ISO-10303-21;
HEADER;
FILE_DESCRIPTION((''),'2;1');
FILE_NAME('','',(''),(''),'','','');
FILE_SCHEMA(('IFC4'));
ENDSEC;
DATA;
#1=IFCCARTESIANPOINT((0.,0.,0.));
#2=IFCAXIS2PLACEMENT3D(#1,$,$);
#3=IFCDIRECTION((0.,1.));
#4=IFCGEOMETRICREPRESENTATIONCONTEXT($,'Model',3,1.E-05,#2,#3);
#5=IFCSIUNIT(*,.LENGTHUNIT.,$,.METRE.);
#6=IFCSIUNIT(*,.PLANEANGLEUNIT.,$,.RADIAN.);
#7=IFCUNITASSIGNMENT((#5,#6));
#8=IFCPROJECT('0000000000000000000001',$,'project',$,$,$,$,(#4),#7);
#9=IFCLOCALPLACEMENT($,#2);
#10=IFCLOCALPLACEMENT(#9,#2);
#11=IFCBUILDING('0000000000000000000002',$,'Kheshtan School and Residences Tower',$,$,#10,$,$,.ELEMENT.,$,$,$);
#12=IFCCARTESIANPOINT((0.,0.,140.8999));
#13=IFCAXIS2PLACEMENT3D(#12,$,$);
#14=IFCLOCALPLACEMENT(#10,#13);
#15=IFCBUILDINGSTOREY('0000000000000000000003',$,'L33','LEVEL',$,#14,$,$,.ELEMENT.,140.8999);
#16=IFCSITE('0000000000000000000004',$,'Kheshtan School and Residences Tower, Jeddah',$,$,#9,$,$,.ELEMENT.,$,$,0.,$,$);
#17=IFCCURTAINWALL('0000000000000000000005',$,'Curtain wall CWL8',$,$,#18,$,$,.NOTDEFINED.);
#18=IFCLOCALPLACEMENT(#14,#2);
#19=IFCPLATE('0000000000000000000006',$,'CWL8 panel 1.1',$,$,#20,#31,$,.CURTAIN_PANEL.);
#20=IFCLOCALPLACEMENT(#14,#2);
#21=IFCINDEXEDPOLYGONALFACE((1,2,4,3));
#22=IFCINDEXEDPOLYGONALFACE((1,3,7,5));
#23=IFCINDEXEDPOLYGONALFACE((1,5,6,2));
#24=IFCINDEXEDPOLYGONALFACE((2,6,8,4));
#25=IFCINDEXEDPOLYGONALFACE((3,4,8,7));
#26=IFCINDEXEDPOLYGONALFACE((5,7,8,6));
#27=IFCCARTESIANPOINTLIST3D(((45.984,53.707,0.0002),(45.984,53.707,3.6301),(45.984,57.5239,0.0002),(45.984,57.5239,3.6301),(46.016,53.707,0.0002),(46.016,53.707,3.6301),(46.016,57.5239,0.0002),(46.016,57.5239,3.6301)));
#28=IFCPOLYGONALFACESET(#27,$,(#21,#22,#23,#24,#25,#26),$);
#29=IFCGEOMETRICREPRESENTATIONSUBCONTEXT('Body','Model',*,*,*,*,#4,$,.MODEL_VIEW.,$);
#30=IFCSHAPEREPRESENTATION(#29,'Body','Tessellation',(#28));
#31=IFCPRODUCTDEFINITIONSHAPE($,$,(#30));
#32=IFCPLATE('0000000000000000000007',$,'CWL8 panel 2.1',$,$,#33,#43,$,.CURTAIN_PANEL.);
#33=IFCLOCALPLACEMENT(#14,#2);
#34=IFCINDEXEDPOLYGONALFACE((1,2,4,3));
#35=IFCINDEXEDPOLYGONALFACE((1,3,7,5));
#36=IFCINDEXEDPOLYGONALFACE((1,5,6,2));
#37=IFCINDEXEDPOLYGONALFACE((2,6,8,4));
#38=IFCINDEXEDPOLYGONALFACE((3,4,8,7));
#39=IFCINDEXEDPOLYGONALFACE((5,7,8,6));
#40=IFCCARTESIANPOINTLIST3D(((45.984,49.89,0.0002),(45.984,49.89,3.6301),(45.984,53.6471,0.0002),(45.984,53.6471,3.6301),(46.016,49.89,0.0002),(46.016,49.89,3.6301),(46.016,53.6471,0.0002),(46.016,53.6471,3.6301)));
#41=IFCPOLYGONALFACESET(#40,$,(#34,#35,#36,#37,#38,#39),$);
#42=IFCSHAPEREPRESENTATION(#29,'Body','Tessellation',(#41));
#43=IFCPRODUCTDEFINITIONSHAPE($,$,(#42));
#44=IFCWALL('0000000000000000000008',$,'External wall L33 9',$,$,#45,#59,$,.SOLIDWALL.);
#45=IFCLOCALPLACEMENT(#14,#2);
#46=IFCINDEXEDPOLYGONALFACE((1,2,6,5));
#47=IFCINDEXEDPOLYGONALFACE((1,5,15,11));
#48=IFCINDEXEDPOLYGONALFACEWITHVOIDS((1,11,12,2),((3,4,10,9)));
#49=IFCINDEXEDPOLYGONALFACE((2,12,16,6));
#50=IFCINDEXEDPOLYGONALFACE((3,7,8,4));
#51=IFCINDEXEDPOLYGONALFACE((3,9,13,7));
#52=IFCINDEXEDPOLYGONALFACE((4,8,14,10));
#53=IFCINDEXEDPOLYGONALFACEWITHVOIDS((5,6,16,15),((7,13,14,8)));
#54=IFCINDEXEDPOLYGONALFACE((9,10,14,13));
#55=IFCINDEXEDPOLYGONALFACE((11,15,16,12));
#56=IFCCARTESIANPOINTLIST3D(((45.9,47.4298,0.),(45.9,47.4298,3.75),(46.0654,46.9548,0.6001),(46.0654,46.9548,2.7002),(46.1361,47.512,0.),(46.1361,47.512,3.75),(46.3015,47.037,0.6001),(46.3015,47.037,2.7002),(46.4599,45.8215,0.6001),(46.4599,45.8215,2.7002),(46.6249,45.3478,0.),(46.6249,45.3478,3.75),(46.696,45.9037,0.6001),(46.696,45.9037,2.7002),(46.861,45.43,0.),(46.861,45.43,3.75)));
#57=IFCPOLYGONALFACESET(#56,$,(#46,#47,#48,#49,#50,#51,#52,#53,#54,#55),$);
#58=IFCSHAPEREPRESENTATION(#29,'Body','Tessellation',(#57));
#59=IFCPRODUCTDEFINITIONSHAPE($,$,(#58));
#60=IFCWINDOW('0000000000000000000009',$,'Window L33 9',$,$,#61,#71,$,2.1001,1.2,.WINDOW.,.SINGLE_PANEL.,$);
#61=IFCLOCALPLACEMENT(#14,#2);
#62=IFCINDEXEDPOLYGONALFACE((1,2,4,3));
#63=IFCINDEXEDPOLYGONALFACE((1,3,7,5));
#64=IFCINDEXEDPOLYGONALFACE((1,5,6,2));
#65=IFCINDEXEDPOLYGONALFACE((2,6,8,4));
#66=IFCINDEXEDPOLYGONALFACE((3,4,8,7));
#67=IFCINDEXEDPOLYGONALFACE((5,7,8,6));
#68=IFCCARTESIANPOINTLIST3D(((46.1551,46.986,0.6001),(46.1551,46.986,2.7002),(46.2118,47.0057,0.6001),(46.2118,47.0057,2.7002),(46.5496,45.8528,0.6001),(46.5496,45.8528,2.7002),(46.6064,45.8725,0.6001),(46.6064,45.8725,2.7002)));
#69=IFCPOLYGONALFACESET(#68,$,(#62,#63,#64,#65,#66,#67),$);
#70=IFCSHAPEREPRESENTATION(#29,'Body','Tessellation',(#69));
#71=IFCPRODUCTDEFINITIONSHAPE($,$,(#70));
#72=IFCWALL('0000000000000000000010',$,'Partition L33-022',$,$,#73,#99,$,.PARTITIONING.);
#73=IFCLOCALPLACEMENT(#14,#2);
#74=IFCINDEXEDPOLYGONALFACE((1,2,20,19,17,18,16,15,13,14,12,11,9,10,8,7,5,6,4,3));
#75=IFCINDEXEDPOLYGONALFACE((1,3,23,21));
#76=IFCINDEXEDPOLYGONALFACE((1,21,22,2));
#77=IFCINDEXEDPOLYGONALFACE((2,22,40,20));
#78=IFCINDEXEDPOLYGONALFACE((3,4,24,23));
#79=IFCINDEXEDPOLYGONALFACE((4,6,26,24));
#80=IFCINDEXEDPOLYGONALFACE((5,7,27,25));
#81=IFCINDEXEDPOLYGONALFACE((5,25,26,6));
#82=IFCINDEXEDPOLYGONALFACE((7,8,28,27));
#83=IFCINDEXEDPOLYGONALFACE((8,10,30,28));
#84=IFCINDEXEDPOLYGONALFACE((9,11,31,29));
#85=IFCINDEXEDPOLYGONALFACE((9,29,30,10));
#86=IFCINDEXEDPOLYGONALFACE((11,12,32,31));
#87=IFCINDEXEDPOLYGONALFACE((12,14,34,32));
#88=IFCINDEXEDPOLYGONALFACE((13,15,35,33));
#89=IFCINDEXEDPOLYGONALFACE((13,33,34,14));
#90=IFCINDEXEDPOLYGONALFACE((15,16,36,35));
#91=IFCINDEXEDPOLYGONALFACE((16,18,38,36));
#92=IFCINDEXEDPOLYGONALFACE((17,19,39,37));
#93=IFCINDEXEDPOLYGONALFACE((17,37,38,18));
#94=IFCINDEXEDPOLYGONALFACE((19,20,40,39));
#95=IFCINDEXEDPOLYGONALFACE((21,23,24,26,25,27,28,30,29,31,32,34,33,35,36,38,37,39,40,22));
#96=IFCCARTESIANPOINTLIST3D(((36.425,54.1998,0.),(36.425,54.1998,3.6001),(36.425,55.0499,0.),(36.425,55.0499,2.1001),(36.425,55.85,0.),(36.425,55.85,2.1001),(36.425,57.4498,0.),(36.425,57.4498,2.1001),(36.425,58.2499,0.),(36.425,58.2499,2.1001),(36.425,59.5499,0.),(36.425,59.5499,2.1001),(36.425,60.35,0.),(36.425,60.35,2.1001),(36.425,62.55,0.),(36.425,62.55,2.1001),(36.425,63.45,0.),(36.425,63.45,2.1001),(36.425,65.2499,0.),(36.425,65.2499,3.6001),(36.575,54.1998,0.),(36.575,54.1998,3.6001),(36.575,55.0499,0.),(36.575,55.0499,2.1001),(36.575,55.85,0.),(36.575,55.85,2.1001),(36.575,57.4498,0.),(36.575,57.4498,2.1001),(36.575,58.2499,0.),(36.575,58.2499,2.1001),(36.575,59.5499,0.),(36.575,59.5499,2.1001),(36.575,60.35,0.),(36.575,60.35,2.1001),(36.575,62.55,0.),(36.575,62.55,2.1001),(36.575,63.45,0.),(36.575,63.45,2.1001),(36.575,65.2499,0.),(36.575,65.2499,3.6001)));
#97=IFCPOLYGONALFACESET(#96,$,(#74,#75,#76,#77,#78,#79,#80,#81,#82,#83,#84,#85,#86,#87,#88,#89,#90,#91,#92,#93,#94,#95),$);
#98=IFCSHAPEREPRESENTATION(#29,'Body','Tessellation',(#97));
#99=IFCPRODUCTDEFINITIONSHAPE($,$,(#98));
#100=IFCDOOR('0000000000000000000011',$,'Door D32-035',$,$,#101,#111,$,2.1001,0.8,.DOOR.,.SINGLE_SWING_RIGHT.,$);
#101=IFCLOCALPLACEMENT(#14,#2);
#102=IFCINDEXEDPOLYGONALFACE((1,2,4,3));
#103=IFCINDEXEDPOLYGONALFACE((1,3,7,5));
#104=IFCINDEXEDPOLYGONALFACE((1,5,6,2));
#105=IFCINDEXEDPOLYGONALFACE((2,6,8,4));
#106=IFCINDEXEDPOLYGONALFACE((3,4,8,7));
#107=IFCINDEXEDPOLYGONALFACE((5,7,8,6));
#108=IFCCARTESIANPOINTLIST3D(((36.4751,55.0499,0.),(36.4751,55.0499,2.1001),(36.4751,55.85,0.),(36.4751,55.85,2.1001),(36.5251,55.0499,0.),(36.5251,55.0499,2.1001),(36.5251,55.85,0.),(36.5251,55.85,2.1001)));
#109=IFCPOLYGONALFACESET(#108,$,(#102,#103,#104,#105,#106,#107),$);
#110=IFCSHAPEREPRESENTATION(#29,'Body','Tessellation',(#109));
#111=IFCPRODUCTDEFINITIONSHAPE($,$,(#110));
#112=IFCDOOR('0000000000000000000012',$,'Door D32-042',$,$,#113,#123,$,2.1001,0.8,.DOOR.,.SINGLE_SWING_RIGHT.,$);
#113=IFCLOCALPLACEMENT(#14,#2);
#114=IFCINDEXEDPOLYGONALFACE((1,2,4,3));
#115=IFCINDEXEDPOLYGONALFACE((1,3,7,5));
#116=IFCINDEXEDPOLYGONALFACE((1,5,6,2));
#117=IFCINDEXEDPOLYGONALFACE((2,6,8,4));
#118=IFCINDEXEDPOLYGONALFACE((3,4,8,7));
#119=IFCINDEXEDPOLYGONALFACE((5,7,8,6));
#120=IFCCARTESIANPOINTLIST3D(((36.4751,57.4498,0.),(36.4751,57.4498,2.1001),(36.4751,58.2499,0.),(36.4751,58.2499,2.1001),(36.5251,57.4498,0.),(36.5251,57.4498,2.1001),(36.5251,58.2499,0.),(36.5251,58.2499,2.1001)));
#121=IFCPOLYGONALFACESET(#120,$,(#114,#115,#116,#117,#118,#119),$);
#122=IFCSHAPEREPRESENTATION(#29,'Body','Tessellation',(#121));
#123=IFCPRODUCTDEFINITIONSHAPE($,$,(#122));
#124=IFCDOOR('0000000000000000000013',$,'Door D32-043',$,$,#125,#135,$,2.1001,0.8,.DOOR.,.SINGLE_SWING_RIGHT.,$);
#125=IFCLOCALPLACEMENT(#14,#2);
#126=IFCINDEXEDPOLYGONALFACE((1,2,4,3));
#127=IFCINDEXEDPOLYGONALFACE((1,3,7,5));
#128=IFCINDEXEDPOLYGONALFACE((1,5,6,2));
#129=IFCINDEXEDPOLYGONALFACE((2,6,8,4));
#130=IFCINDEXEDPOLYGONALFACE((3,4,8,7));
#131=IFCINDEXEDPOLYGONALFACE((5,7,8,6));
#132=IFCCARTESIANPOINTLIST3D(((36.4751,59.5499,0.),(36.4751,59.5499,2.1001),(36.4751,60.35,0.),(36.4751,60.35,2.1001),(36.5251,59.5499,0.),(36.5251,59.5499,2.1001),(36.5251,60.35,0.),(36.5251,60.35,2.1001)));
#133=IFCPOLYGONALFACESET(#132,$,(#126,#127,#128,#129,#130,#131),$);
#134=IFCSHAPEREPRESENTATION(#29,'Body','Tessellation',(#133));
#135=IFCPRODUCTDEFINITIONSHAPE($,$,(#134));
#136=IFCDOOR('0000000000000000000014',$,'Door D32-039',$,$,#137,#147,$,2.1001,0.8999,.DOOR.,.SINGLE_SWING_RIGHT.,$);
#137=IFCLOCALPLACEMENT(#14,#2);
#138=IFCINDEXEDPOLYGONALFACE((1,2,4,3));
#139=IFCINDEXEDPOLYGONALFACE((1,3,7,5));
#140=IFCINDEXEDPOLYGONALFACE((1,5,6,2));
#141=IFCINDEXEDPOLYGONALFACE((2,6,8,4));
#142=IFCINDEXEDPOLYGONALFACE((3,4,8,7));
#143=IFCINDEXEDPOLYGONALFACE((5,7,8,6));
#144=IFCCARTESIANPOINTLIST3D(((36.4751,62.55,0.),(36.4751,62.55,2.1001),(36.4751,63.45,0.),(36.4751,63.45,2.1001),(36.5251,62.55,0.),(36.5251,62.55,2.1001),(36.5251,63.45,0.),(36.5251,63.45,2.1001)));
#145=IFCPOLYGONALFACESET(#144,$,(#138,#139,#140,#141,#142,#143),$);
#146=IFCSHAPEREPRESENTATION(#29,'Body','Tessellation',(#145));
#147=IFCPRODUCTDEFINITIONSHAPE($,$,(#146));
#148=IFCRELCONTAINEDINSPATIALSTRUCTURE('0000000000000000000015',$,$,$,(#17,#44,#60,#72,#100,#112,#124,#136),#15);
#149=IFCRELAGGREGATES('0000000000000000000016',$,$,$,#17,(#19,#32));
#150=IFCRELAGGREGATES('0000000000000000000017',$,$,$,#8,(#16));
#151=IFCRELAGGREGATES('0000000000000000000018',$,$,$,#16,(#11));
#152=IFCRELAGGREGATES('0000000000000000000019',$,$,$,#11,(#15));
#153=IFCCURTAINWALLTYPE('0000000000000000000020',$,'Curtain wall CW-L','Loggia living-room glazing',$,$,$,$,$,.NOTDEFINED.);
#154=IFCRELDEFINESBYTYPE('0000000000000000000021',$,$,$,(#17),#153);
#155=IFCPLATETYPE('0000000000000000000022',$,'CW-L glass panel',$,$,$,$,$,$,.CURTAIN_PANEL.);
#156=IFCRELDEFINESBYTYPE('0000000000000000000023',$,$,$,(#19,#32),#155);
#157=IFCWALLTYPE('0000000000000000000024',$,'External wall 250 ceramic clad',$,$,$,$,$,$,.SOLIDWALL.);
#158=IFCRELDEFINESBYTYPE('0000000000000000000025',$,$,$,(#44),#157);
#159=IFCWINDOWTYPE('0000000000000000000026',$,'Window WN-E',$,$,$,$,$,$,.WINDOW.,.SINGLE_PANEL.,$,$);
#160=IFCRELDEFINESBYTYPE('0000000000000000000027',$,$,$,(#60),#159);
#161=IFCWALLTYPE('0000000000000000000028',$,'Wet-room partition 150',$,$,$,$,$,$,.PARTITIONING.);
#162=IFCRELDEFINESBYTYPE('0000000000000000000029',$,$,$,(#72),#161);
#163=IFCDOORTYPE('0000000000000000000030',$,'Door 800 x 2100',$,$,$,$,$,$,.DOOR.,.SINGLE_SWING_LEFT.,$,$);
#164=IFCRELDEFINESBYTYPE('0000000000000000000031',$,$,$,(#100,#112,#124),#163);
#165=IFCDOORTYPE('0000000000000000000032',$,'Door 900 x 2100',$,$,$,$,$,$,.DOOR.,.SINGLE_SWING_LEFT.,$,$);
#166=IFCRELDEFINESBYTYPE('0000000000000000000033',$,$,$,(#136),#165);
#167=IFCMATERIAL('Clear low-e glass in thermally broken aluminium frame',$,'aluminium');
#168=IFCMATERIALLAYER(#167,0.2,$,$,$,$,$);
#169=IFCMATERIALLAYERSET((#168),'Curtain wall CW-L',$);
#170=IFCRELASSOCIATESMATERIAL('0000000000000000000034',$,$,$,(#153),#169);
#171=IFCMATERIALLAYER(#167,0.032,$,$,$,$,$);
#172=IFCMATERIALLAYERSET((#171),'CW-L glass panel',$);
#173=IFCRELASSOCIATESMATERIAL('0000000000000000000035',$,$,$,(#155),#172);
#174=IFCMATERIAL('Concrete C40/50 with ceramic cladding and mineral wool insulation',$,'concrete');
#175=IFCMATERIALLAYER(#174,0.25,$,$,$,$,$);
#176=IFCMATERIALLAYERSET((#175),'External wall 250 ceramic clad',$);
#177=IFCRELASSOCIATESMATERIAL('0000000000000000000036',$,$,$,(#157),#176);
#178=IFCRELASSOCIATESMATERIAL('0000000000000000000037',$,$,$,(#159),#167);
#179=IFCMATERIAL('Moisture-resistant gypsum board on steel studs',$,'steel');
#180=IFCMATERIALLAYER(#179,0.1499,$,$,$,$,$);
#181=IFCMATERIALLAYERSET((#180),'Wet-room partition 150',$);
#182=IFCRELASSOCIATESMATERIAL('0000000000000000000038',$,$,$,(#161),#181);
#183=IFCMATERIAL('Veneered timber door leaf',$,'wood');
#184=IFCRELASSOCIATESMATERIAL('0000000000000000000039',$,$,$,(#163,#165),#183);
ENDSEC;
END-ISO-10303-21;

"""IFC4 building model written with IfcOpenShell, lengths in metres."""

from ifc_helpers import new_model, si_unit, direction, frame, frame_2d, origin, origin_2d, place, context, subcontext, project, spatial, rectangle, extrude, source, transform, mapped, material, layer, layer_set, type_object, element, fill, aggregate, save


model = new_model("IFC4")

# Units and contexts
model_context = context("Model", 3, precision=1e-05, world=origin(), true_north=direction((0.0, 1.0)))
body_context = subcontext(model_context, "Body", "Model", "MODEL_VIEW")
ifc_project = project(units=[si_unit("LENGTHUNIT", "METRE"), si_unit("PLANEANGLEUNIT", "RADIAN")], contexts=[model_context])

# Site, building, storey
site_placement = place(None, origin())
site = spatial("IfcSite", under=ifc_project, at=site_placement, Name="Kheshtan School and Residences Tower, Jeddah", CompositionType="ELEMENT", RefElevation=0.0)
building_placement = place(site_placement, origin())
building = spatial("IfcBuilding", under=site, at=building_placement, Name="Kheshtan School and Residences Tower", CompositionType="ELEMENT")
storey_placement = place(building_placement, frame((0.0, 0.0, 140.8999)))
storey = spatial("IfcBuildingStorey", under=building, at=storey_placement, Name="L33", Description="LEVEL", CompositionType="ELEMENT", Elevation=140.8999)

# Curtain wall, plates
ifc_material_1 = material(Name="Clear low-e glass in thermally broken aluminium frame", Category="aluminium")
ifc_layer_1 = layer(ifc_material_1, 0.2)
ifc_layer_set_1 = layer_set([ifc_layer_1], Name="Curtain wall CW-L")
curtain_wall_type = type_object("IfcCurtainWallType", Name="Curtain wall CW-L", Description="Loggia living-room glazing", PredefinedType="NOTDEFINED", material=ifc_layer_set_1)
curtain_wall_placement = place(storey_placement, origin())
curtain_wall = element("IfcCurtainWall", 1, at=curtain_wall_placement, inside=storey, type_object=curtain_wall_type, Name="Curtain wall CWL8", PredefinedType="NOTDEFINED")
ifc_layer_2 = layer(ifc_material_1, 0.032)
ifc_layer_set_2 = layer_set([ifc_layer_2], Name="CW-L glass panel")
plate_type = type_object("IfcPlateType", Name="CW-L glass panel", PredefinedType="CURTAIN_PANEL", material=ifc_layer_set_2)
plate_1_placement = place(storey_placement, frame((46.0, 55.6155, 0.0002), z_axis=(0.0, 0.0, 1.0), x_axis=(0.0, -1.0, 0.0)))
plate_1 = element("IfcPlate", 2, at=plate_1_placement, type_object=plate_type, Name="CWL8 panel 1.1", PredefinedType="CURTAIN_PANEL", context=body_context, shape_type="SweptSolid", body=[
    extrude(rectangle(XDim=3.8169, YDim=0.032, at=origin_2d()), origin(), (0.0, 0.0, 1.0), 3.6299),
])
plate_2_placement = place(storey_placement, frame((46.0, 51.7686, 0.0002), z_axis=(0.0, 0.0, 1.0), x_axis=(0.0, -1.0, 0.0)))
plate_2 = element("IfcPlate", 3, at=plate_2_placement, type_object=plate_type, Name="CWL8 panel 2.1", PredefinedType="CURTAIN_PANEL", context=body_context, shape_type="SweptSolid", body=[
    extrude(rectangle(XDim=3.7571, YDim=0.032, at=origin_2d()), origin(), (0.0, 0.0, 1.0), 3.6299),
])
aggregate(curtain_wall, [plate_1, plate_2])

# Wall, opening, window
ifc_material_2 = material(Name="Concrete C40/50 with ceramic cladding and mineral wool insulation", Category="concrete")
ifc_layer_3 = layer(ifc_material_2, 0.25)
ifc_layer_set_3 = layer_set([ifc_layer_3], Name="External wall 250 ceramic clad")
wall_type_1 = type_object("IfcWallType", Name="External wall 250 ceramic clad", PredefinedType="SOLIDWALL", material=ifc_layer_set_3)
wall_1_placement = place(storey_placement, frame((46.0181, 47.4709, 0.0), z_axis=(0.0, 0.0, 1.0), x_axis=(0.328791, -0.944403, 0.0)))
wall_1 = element("IfcWall", 4, at=wall_1_placement, inside=storey, type_object=wall_type_1, Name="External wall L33 9", PredefinedType="SOLIDWALL", context=body_context, shape_type="SweptSolid", body=[
    extrude(rectangle(XDim=2.2046, YDim=0.25, at=frame_2d((1.1023, 0.0))), origin(), (0.0, 0.0, 1.0), 3.75),
])
opening_1_placement = place(wall_1_placement, frame((0.5029, 0.0, 0.6001)))
opening_1 = element("IfcOpeningElement", 5, at=opening_1_placement, cuts=wall_1, PredefinedType="OPENING", context=body_context, shape_type="SweptSolid", body=[
    extrude(rectangle(XDim=1.2, YDim=2.1001, at=frame_2d((0.6001, 1.05))), frame((0.0, 0.135, 0.0), z_axis=(0.0, -1.0, 0.0), x_axis=(1.0, 0.0, 0.0)), (0.0, 0.0, 1.0), 0.27),
])
window_type = type_object("IfcWindowType", Name="Window WN-E", PartitioningType="SINGLE_PANEL", PredefinedType="WINDOW", material=ifc_material_1)
shared_shape_1 = source(origin(), body_context, "Body", "SweptSolid", [
    extrude(rectangle(XDim=1.2, YDim=2.1001, at=frame_2d((0.6001, 1.05))), frame((0.0, 0.03, 0.0), z_axis=(0.0, -1.0, 0.0), x_axis=(1.0, 0.0, 0.0)), (0.0, 0.0, 1.0), 0.0601),
])
window_placement = place(opening_1_placement, origin())
window = element("IfcWindow", 6, at=window_placement, inside=storey, type_object=window_type, Name="Window L33 9", OverallHeight=2.1001, OverallWidth=1.2, PartitioningType="SINGLE_PANEL", PredefinedType="WINDOW", context=body_context, shape_type="MappedRepresentation", body=[
    mapped(shared_shape_1, transform((0.0, 0.0, 0.0), x_axis=(1.0, 0.0, 0.0), y_axis=(0.0, 1.0, 0.0), z_axis=(0.0, 0.0, 1.0), scale=1.0)),
])
fill(opening_1, window)

# Wall, openings, doors
ifc_material_3 = material(Name="Moisture-resistant gypsum board on steel studs", Category="steel")
ifc_layer_4 = layer(ifc_material_3, 0.1499)
ifc_layer_set_4 = layer_set([ifc_layer_4], Name="Wet-room partition 150")
wall_type_2 = type_object("IfcWallType", Name="Wet-room partition 150", PredefinedType="PARTITIONING", material=ifc_layer_set_4)
wall_2_placement = place(storey_placement, frame((36.5, 54.2, 0.0), z_axis=(0.0, 0.0, 1.0), x_axis=(0.0, 1.0, 0.0)))
wall_2 = element("IfcWall", 7, at=wall_2_placement, inside=storey, type_object=wall_type_2, Name="Partition L33-022", PredefinedType="PARTITIONING", context=body_context, shape_type="SweptSolid", body=[
    extrude(rectangle(XDim=11.05, YDim=0.1499, at=frame_2d((5.5249, 0.0))), origin(), (0.0, 0.0, 1.0), 3.6001),
])
opening_2_placement = place(wall_2_placement, frame((0.8501, 0.0, 0.0)))
opening_2 = element("IfcOpeningElement", 8, at=opening_2_placement, cuts=wall_2, PredefinedType="OPENING", context=body_context, shape_type="SweptSolid", body=[
    extrude(rectangle(XDim=0.8, YDim=2.1001, at=frame_2d((0.3999, 1.05))), frame((0.0, 0.085, 0.0), z_axis=(0.0, -1.0, 0.0), x_axis=(1.0, 0.0, 0.0)), (0.0, 0.0, 1.0), 0.1699),
])
opening_3_placement = place(wall_2_placement, frame((8.3501, 0.0, 0.0)))
opening_3 = element("IfcOpeningElement", 9, at=opening_3_placement, cuts=wall_2, PredefinedType="OPENING", context=body_context, shape_type="SweptSolid", body=[
    extrude(rectangle(XDim=0.8999, YDim=2.1001, at=frame_2d((0.45, 1.05))), frame((0.0, 0.085, 0.0), z_axis=(0.0, -1.0, 0.0), x_axis=(1.0, 0.0, 0.0)), (0.0, 0.0, 1.0), 0.1699),
])
opening_4_placement = place(wall_2_placement, frame((3.25, 0.0, 0.0)))
opening_4 = element("IfcOpeningElement", 10, at=opening_4_placement, cuts=wall_2, PredefinedType="OPENING", context=body_context, shape_type="SweptSolid", body=[
    extrude(rectangle(XDim=0.8, YDim=2.1001, at=frame_2d((0.3999, 1.05))), frame((0.0, 0.085, 0.0), z_axis=(0.0, -1.0, 0.0), x_axis=(1.0, 0.0, 0.0)), (0.0, 0.0, 1.0), 0.1699),
])
opening_5_placement = place(wall_2_placement, frame((5.3501, 0.0, 0.0)))
opening_5 = element("IfcOpeningElement", 11, at=opening_5_placement, cuts=wall_2, PredefinedType="OPENING", context=body_context, shape_type="SweptSolid", body=[
    extrude(rectangle(XDim=0.8, YDim=2.1001, at=frame_2d((0.3999, 1.05))), frame((0.0, 0.085, 0.0), z_axis=(0.0, -1.0, 0.0), x_axis=(1.0, 0.0, 0.0)), (0.0, 0.0, 1.0), 0.1699),
])
ifc_material_4 = material(Name="Veneered timber door leaf", Category="wood")
door_type_1 = type_object("IfcDoorType", Name="Door 800 x 2100", OperationType="SINGLE_SWING_LEFT", PredefinedType="DOOR", material=ifc_material_4)
shared_shape_2 = source(origin(), body_context, "Body", "SweptSolid", [
    extrude(rectangle(XDim=0.8, YDim=2.1001, at=frame_2d((0.3999, 1.05))), frame((0.0, 0.0249, 0.0), z_axis=(0.0, -1.0, 0.0), x_axis=(1.0, 0.0, 0.0)), (0.0, 0.0, 1.0), 0.05),
])
door_1_placement = place(opening_2_placement, origin())
door_1 = element("IfcDoor", 12, at=door_1_placement, inside=storey, type_object=door_type_1, Name="Door D32-035", OperationType="SINGLE_SWING_RIGHT", OverallHeight=2.1001, OverallWidth=0.8, PredefinedType="DOOR", context=body_context, shape_type="MappedRepresentation", body=[
    mapped(shared_shape_2, transform((0.0, 0.0, 0.0), x_axis=(1.0, 0.0, 0.0), y_axis=(0.0, 1.0, 0.0), z_axis=(0.0, 0.0, 1.0), scale=1.0)),
])
fill(opening_2, door_1)
door_2_placement = place(opening_4_placement, origin())
door_2 = element("IfcDoor", 13, at=door_2_placement, inside=storey, type_object=door_type_1, Name="Door D32-042", OperationType="SINGLE_SWING_RIGHT", OverallHeight=2.1001, OverallWidth=0.8, PredefinedType="DOOR", context=body_context, shape_type="MappedRepresentation", body=[
    mapped(shared_shape_2, transform((0.0, 0.0, 0.0), x_axis=(1.0, 0.0, 0.0), y_axis=(0.0, 1.0, 0.0), z_axis=(0.0, 0.0, 1.0), scale=1.0)),
])
fill(opening_4, door_2)
door_3_placement = place(opening_5_placement, origin())
door_3 = element("IfcDoor", 14, at=door_3_placement, inside=storey, type_object=door_type_1, Name="Door D32-043", OperationType="SINGLE_SWING_RIGHT", OverallHeight=2.1001, OverallWidth=0.8, PredefinedType="DOOR", context=body_context, shape_type="MappedRepresentation", body=[
    mapped(shared_shape_2, transform((0.0, 0.0, 0.0), x_axis=(1.0, 0.0, 0.0), y_axis=(0.0, 1.0, 0.0), z_axis=(0.0, 0.0, 1.0), scale=1.0)),
])
fill(opening_5, door_3)
door_type_2 = type_object("IfcDoorType", Name="Door 900 x 2100", OperationType="SINGLE_SWING_LEFT", PredefinedType="DOOR", material=ifc_material_4)
shared_shape_3 = source(origin(), body_context, "Body", "SweptSolid", [
    extrude(rectangle(XDim=0.8999, YDim=2.1001, at=frame_2d((0.45, 1.05))), frame((0.0, 0.0249, 0.0), z_axis=(0.0, -1.0, 0.0), x_axis=(1.0, 0.0, 0.0)), (0.0, 0.0, 1.0), 0.05),
])
door_4_placement = place(opening_3_placement, origin())
door_4 = element("IfcDoor", 15, at=door_4_placement, inside=storey, type_object=door_type_2, Name="Door D32-039", OperationType="SINGLE_SWING_RIGHT", OverallHeight=2.1001, OverallWidth=0.8999, PredefinedType="DOOR", context=body_context, shape_type="MappedRepresentation", body=[
    mapped(shared_shape_3, transform((0.0, 0.0, 0.0), x_axis=(1.0, 0.0, 0.0), y_axis=(0.0, 1.0, 0.0), z_axis=(0.0, 0.0, 1.0), scale=1.0)),
])
fill(opening_3, door_4)

save(model, "model.ifc")
